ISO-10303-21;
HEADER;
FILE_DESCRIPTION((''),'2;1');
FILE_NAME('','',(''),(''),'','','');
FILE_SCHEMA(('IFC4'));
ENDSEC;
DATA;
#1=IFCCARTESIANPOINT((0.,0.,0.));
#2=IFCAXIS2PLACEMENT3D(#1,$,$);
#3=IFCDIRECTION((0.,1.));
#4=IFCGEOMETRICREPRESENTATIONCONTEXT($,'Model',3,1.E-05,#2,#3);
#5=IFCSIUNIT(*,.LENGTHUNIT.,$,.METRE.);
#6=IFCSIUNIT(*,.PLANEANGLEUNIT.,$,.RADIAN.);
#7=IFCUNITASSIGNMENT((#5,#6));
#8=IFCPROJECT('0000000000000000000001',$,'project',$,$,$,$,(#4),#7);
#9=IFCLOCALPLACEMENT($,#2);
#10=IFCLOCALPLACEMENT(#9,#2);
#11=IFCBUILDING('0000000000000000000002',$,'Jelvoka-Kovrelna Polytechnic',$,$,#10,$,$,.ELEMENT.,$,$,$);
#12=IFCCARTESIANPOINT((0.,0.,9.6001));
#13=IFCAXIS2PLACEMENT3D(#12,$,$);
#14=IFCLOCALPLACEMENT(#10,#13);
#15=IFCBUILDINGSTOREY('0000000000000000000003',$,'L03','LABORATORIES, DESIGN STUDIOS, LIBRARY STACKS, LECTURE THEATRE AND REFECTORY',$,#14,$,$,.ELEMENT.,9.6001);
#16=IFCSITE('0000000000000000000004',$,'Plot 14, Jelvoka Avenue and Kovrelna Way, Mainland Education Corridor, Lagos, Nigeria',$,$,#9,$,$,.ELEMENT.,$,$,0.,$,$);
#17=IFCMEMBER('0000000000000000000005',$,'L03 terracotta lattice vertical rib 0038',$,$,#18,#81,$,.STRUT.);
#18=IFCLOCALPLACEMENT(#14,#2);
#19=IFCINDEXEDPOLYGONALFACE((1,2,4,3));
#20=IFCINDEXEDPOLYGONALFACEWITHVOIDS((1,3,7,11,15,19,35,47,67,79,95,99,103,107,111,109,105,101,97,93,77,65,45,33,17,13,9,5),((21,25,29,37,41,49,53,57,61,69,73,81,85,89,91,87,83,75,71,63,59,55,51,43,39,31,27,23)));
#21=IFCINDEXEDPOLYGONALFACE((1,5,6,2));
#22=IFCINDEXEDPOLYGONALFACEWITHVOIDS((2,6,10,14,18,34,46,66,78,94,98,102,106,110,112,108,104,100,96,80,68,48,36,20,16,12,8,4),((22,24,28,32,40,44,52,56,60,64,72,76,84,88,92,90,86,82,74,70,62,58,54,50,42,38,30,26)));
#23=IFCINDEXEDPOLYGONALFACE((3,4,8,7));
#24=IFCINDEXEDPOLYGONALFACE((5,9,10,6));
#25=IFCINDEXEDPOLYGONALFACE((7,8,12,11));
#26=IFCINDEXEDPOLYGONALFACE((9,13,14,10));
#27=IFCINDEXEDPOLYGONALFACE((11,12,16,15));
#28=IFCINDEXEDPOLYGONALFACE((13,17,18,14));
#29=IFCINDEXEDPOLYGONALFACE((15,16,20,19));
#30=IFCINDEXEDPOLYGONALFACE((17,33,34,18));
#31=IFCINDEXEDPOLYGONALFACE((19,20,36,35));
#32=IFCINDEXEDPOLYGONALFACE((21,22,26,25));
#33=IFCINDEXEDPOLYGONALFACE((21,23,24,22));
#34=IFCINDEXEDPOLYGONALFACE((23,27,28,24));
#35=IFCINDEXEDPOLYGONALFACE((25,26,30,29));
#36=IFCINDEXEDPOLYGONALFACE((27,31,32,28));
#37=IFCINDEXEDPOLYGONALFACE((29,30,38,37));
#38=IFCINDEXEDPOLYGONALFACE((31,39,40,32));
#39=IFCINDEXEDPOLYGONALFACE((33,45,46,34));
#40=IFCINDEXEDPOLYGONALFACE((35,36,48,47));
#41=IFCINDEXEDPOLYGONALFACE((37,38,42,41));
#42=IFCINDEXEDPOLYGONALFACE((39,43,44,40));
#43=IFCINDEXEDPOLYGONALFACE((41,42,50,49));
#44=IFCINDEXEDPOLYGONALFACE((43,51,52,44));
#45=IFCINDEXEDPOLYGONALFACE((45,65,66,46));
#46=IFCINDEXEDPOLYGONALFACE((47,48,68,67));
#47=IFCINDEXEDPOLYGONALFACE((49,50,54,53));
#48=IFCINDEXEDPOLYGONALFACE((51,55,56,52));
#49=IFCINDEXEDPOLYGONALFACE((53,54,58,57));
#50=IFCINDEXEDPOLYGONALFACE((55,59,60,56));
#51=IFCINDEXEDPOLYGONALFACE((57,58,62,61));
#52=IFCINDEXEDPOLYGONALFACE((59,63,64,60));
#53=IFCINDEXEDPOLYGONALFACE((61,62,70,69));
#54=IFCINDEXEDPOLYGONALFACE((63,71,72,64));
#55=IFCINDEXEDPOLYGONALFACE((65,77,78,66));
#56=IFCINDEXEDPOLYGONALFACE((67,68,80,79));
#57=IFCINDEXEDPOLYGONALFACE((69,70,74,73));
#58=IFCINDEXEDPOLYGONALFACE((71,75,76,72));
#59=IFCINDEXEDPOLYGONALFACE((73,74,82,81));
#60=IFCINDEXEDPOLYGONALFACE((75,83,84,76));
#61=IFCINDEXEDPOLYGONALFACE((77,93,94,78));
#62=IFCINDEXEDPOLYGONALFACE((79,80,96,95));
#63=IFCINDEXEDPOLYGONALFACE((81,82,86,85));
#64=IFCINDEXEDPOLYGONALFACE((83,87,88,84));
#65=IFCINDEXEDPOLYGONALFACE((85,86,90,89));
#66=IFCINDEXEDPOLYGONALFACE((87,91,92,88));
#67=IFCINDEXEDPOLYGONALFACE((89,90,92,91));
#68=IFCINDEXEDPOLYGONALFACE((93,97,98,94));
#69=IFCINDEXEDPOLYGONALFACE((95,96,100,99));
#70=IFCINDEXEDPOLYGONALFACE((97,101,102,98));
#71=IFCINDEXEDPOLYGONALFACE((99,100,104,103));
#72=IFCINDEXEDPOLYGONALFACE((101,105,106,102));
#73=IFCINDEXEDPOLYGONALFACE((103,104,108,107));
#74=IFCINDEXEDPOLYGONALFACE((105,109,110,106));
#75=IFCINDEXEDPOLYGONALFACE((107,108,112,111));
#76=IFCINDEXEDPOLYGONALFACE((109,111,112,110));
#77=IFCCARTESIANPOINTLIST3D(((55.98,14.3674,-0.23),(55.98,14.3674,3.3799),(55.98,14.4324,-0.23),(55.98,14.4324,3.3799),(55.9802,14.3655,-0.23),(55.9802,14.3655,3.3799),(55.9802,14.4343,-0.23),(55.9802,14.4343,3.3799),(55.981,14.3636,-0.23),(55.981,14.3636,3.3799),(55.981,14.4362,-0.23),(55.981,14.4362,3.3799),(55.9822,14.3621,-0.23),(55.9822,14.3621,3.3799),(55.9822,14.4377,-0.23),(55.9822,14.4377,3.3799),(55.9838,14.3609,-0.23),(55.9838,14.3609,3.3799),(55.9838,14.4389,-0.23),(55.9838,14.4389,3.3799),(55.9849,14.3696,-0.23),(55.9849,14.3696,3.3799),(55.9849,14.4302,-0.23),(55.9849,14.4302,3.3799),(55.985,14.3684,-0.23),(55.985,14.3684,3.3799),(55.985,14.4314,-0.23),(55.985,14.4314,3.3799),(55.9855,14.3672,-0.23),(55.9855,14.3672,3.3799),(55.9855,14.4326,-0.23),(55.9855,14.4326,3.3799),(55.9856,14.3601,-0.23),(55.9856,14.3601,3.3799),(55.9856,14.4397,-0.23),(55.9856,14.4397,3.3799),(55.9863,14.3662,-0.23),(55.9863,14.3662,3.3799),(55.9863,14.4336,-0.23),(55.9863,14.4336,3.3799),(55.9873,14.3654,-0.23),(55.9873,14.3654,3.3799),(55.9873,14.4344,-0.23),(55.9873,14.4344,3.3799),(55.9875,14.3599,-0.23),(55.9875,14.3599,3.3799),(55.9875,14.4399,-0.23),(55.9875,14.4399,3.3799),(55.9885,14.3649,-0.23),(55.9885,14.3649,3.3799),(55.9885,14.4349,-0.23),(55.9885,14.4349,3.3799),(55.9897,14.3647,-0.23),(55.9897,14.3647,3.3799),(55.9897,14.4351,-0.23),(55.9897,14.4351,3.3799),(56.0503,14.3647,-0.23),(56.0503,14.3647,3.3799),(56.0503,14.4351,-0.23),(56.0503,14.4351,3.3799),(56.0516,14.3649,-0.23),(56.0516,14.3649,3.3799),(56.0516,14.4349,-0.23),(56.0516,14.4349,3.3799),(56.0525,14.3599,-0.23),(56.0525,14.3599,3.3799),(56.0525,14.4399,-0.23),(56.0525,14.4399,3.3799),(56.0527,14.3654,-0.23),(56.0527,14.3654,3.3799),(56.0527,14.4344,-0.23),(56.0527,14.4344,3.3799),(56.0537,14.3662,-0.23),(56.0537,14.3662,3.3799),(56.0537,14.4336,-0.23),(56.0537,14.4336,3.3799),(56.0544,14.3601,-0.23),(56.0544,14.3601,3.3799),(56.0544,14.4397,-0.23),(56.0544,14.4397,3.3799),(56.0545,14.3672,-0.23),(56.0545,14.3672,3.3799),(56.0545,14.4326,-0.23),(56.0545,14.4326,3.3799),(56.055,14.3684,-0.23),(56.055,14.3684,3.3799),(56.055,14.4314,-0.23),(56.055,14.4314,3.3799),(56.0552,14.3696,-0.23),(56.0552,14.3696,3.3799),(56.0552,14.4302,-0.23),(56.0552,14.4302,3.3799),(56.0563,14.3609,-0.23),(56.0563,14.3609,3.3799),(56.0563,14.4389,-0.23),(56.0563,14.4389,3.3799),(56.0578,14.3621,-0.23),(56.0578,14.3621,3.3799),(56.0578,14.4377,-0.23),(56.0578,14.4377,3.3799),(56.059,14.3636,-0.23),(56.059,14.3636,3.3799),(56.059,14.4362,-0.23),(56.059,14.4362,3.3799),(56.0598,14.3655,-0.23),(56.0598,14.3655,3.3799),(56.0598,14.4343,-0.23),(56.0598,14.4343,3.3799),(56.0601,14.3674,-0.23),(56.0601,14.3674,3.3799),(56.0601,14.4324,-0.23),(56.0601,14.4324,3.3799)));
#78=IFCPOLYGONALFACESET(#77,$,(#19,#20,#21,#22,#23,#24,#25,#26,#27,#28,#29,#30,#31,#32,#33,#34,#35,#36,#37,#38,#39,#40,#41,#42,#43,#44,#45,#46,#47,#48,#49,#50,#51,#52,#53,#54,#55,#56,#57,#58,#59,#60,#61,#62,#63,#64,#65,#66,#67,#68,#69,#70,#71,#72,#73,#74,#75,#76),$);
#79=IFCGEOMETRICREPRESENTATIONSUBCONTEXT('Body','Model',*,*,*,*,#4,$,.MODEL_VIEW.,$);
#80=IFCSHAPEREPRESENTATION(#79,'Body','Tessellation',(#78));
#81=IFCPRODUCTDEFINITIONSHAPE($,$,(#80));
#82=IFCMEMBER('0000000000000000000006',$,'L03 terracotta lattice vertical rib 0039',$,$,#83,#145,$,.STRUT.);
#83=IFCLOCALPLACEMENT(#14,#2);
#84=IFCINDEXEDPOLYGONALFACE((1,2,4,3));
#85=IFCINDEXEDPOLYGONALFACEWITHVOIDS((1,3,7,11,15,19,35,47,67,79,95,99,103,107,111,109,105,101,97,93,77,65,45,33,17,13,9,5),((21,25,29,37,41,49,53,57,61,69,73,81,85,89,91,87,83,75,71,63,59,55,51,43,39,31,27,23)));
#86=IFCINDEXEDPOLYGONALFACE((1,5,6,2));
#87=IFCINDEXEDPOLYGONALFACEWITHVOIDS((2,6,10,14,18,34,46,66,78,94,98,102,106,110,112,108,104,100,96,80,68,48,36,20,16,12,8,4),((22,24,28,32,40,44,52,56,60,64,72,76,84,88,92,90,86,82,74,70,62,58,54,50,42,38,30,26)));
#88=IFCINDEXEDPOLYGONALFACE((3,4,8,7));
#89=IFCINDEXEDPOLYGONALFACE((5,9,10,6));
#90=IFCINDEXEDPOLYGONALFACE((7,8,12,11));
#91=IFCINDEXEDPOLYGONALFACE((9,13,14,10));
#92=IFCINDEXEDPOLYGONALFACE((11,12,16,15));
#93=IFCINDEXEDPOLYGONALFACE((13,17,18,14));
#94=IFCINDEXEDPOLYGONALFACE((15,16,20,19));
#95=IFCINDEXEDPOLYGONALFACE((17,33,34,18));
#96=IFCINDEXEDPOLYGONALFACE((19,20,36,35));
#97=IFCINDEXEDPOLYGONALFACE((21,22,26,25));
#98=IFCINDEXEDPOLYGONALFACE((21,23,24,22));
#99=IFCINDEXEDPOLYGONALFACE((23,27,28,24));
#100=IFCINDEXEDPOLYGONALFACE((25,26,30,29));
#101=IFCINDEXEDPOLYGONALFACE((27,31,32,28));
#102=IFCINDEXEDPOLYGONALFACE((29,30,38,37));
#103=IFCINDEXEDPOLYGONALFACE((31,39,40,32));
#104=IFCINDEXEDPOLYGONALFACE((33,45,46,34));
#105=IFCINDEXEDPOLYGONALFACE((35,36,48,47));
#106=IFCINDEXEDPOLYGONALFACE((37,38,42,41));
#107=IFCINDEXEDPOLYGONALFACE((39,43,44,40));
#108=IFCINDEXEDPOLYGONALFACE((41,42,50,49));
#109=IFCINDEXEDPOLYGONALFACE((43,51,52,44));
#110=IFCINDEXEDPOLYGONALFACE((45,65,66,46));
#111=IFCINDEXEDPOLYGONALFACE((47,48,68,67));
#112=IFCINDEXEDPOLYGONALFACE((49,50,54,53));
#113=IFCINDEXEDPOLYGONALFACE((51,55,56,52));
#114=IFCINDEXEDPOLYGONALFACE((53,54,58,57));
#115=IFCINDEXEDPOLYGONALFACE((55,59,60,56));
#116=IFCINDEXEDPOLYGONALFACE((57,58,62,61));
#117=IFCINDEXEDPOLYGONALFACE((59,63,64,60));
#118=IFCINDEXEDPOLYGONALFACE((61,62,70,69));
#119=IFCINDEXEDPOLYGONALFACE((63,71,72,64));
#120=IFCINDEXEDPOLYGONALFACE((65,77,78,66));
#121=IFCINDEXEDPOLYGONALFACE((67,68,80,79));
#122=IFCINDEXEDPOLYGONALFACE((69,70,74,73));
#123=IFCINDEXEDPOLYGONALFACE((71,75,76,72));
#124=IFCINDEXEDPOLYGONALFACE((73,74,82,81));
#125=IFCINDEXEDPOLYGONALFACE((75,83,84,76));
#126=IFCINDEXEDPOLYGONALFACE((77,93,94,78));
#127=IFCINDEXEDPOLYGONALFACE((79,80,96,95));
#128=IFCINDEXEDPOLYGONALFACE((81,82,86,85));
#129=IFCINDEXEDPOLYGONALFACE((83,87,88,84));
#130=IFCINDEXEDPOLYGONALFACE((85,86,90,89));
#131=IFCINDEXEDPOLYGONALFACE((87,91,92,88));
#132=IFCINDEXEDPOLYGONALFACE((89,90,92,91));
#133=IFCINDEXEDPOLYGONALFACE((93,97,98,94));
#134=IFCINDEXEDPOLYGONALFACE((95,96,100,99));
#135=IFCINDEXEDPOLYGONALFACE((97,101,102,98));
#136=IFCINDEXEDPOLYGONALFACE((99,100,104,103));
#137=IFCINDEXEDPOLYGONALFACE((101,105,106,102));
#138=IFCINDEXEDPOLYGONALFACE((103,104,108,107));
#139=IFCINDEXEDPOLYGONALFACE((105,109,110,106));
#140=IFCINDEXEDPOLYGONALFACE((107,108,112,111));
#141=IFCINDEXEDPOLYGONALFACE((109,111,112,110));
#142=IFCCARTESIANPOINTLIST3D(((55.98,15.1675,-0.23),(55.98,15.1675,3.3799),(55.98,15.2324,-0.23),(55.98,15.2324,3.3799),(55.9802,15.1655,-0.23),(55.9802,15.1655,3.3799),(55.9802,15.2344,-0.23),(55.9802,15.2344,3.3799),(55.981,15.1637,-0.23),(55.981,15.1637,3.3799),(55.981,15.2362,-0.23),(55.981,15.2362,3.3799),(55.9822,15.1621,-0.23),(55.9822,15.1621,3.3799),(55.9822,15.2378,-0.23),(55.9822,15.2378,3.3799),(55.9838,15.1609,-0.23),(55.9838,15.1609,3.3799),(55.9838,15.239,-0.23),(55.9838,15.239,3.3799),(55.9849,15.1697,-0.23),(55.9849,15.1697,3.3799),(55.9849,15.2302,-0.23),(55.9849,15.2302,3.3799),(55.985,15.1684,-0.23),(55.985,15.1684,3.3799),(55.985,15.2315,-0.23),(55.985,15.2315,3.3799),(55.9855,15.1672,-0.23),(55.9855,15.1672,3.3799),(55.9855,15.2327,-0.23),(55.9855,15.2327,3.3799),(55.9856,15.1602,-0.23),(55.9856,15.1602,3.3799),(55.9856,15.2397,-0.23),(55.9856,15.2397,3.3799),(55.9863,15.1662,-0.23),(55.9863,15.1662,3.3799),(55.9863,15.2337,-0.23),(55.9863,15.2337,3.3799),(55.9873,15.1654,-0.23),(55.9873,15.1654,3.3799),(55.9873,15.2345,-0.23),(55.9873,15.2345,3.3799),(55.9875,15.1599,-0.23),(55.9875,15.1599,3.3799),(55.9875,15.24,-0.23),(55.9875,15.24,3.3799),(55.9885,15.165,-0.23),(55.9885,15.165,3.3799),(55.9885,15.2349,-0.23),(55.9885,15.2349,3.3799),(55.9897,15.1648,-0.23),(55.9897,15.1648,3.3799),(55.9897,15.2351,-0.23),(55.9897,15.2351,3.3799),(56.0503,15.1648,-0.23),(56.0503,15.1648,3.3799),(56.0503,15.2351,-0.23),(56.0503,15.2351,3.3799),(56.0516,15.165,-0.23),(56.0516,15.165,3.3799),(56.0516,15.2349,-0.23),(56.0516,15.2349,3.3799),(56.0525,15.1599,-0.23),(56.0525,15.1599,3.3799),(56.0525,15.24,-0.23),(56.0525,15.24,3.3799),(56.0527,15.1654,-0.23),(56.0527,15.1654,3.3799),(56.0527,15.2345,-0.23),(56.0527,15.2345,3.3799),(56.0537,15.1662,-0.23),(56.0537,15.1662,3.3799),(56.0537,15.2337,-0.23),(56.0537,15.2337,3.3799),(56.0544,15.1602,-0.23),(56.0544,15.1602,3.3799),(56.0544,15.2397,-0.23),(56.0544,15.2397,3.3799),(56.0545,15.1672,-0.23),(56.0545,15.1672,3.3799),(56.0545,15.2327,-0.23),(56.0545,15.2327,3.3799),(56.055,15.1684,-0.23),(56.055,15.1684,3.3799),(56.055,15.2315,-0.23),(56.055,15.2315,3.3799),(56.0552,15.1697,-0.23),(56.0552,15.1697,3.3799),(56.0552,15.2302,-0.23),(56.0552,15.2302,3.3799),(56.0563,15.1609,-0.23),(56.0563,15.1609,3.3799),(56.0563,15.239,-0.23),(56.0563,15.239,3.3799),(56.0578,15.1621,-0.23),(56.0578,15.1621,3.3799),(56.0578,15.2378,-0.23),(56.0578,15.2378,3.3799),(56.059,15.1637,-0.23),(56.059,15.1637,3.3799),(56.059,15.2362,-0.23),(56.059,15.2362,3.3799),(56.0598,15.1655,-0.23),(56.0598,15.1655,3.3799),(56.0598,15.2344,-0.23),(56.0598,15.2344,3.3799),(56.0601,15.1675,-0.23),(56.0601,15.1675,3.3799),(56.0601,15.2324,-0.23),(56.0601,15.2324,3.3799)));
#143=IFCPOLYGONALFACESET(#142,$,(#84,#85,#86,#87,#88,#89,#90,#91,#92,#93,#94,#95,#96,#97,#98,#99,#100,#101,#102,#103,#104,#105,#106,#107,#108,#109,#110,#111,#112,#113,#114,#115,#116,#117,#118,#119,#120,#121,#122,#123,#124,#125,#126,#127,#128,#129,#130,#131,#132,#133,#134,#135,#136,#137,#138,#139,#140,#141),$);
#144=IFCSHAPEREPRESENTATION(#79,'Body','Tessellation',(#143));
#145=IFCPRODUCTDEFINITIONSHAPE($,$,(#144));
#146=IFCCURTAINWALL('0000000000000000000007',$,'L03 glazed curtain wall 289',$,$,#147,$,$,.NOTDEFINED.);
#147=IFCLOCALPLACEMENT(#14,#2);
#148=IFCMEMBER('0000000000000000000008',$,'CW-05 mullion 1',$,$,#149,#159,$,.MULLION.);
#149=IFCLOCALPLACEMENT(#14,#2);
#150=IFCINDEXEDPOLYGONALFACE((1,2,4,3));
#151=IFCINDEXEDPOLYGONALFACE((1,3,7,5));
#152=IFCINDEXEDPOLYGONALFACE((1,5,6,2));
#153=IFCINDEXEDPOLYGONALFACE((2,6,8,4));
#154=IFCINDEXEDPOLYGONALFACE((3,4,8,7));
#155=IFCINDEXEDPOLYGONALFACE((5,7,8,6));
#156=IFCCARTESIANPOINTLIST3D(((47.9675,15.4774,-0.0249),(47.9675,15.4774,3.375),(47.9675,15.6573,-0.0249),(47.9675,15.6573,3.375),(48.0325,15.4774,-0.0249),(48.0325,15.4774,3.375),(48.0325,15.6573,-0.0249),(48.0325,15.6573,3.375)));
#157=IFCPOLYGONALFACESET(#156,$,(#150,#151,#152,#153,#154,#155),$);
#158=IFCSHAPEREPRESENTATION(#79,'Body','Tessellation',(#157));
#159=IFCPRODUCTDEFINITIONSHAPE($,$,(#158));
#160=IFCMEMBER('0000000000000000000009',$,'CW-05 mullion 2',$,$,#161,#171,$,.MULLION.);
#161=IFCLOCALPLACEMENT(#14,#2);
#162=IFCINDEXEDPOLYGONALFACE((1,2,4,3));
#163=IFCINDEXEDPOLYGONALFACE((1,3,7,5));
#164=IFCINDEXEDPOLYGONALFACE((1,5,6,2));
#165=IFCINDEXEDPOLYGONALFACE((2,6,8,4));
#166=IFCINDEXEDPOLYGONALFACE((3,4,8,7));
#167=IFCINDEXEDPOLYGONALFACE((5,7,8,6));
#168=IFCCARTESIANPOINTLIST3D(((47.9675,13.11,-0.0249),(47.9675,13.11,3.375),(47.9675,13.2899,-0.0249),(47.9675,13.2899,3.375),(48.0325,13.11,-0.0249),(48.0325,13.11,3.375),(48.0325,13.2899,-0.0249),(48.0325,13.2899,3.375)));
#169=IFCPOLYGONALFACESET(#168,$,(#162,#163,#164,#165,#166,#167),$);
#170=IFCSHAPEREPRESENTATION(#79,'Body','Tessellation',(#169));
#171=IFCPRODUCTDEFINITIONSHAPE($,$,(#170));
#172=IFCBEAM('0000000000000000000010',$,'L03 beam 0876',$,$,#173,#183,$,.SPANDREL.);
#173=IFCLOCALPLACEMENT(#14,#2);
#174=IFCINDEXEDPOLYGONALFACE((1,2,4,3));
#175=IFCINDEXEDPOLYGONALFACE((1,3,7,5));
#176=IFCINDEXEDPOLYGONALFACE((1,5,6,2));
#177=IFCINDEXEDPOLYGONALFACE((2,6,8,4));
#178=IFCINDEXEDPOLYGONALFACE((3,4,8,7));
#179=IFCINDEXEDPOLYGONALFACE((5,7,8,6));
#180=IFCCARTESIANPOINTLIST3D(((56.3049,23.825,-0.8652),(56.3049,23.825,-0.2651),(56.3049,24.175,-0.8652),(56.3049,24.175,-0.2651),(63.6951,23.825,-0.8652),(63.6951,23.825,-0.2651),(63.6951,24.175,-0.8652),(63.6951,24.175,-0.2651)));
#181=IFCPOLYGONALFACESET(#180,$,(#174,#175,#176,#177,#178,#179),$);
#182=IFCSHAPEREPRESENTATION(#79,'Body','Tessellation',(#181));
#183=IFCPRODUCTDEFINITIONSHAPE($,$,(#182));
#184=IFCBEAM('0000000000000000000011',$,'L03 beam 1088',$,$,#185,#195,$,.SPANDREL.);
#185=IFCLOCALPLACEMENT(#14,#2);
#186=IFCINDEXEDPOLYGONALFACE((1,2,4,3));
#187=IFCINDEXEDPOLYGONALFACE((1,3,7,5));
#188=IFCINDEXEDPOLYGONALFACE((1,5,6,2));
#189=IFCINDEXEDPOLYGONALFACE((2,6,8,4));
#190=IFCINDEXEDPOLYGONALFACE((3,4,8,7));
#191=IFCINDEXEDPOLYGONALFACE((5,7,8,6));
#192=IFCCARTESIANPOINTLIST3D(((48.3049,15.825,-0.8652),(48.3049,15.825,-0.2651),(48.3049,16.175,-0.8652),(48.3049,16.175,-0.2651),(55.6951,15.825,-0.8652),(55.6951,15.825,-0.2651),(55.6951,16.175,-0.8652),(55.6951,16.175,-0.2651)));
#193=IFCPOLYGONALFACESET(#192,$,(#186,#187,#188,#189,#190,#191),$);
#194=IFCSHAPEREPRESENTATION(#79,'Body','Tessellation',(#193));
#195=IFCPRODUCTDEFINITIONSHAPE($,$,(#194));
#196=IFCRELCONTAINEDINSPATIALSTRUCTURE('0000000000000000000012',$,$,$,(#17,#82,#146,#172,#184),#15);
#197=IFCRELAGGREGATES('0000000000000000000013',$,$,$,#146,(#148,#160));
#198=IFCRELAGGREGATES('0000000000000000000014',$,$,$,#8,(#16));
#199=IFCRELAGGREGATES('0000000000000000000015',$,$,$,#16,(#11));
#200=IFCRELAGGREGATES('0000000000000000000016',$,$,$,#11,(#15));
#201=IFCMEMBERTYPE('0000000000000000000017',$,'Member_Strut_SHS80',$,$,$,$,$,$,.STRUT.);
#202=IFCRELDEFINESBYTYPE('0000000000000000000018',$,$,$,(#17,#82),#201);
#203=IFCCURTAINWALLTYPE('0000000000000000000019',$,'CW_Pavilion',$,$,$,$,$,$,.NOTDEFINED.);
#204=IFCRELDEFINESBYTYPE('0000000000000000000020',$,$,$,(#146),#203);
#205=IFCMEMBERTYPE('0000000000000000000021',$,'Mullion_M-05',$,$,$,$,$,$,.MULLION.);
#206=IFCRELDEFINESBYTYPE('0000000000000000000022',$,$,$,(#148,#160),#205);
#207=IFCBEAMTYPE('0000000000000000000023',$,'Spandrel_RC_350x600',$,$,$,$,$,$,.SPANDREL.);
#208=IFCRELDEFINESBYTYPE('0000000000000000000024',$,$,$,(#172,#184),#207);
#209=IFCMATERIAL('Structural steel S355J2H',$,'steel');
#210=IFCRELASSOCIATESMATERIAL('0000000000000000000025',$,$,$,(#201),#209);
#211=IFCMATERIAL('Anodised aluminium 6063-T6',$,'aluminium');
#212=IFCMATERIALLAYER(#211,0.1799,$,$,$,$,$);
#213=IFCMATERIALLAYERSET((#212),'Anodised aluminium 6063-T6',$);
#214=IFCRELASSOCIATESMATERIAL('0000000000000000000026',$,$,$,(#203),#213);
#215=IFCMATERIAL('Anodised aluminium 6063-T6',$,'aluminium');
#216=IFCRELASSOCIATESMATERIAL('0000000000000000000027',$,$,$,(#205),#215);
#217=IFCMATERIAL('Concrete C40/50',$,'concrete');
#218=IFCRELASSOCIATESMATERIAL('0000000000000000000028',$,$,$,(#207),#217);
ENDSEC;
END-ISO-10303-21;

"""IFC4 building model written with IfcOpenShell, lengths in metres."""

from ifc_helpers import new_model, si_unit, direction, frame, origin, origin_2d, place, context, subcontext, project, spatial, rectangle, hollow_rectangle, extrude, material, layer, layer_set, material_profile, profile_set, type_object, element, aggregate, save


model = new_model("IFC4")

# Units and contexts
model_context = context("Model", 3, precision=1e-05, world=origin(), true_north=direction((0.0, 1.0)))
body_context = subcontext(model_context, "Body", "Model", "MODEL_VIEW")
ifc_project = project(units=[si_unit("LENGTHUNIT", "METRE"), si_unit("PLANEANGLEUNIT", "RADIAN")], contexts=[model_context])

# Site, building, storey
site_placement = place(None, origin())
site = spatial("IfcSite", under=ifc_project, at=site_placement, Name="Plot 14, Jelvoka Avenue and Kovrelna Way, Mainland Education Corridor, Lagos, Nigeria", CompositionType="ELEMENT", RefElevation=0.0)
building_placement = place(site_placement, origin())
building = spatial("IfcBuilding", under=site, at=building_placement, Name="Jelvoka-Kovrelna Polytechnic", CompositionType="ELEMENT")
storey_placement = place(building_placement, frame((0.0, 0.0, 9.6001)))
storey = spatial("IfcBuildingStorey", under=building, at=storey_placement, Name="L03", Description="LABORATORIES, DESIGN STUDIOS, LIBRARY STACKS, LECTURE THEATRE AND REFECTORY", CompositionType="ELEMENT", Elevation=9.6001)

# Members
ifc_material_1 = material(Name="Structural steel S355J2H", Category="steel")
ifc_material_profile_1 = material_profile(ifc_material_1, hollow_rectangle(XDim=0.0801, YDim=0.0801, WallThickness=0.0049, InnerFilletRadius=0.0049, OuterFilletRadius=0.0076, at=origin_2d()), Name="80x80x5.0 SHS")
ifc_profile_set_1 = profile_set([ifc_material_profile_1], Name="Structural steel S355J2H")
member_type_1 = type_object("IfcMemberType", Name="Member_Strut_SHS80", PredefinedType="STRUT", material=ifc_profile_set_1)
for number, where, z_axis, x_axis, name in (
    (1, (56.02, 14.3999, -0.23), (0.0, 0.0, 1.0), (1.0, 0.0, 0.0), "L03 terracotta lattice vertical rib 0038"),
    (2, (56.02, 15.2, -0.23), (0.0, 0.0, 1.0), (1.0, 0.0, 0.0), "L03 terracotta lattice vertical rib 0039"),
):
    element("IfcMember", number, at=place(storey_placement, frame(where, z_axis=z_axis, x_axis=x_axis)), inside=storey, type_object=member_type_1, Name=name, PredefinedType="STRUT", context=body_context, shape_type="SweptSolid", body=[
        extrude(hollow_rectangle(XDim=0.0801, YDim=0.0801, WallThickness=0.0049, InnerFilletRadius=0.0049, OuterFilletRadius=0.0076, at=origin_2d()), origin(), (0.0, 0.0, 1.0), 3.6099),
    ])

# Curtain wall, members
ifc_material_2 = material(Name="Anodised aluminium 6063-T6", Category="aluminium")
ifc_layer_1 = layer(ifc_material_2, 0.1799)
ifc_layer_set_1 = layer_set([ifc_layer_1], Name="Anodised aluminium 6063-T6")
curtain_wall_type = type_object("IfcCurtainWallType", Name="CW_Pavilion", PredefinedType="NOTDEFINED", material=ifc_layer_set_1)
curtain_wall_placement = place(storey_placement, origin())
curtain_wall = element("IfcCurtainWall", 3, at=curtain_wall_placement, inside=storey, type_object=curtain_wall_type, Name="L03 glazed curtain wall 289", PredefinedType="NOTDEFINED")
ifc_material_3 = material(Name="Anodised aluminium 6063-T6", Category="aluminium")
ifc_material_profile_2 = material_profile(ifc_material_3, rectangle(XDim=0.0649, YDim=0.1799, at=origin_2d()), Name="ALU 65x180")
ifc_profile_set_2 = profile_set([ifc_material_profile_2], Name="Anodised aluminium 6063-T6")
member_type_2 = type_object("IfcMemberType", Name="Mullion_M-05", PredefinedType="MULLION", material=ifc_profile_set_2)
member_1_placement = place(storey_placement, frame((48.0, 15.5674, -0.0249), z_axis=(0.0, 0.0, 1.0), x_axis=(1.0, 0.0, 0.0)))
member_1 = element("IfcMember", 4, at=member_1_placement, type_object=member_type_2, Name="CW-05 mullion 1", PredefinedType="MULLION", context=body_context, shape_type="SweptSolid", body=[
    extrude(rectangle(XDim=0.0649, YDim=0.1799, at=origin_2d()), origin(), (0.0, 0.0, 1.0), 3.3999),
])
member_2_placement = place(storey_placement, frame((48.0, 13.2, -0.0249), z_axis=(0.0, 0.0, 1.0), x_axis=(1.0, 0.0, 0.0)))
member_2 = element("IfcMember", 5, at=member_2_placement, type_object=member_type_2, Name="CW-05 mullion 2", PredefinedType="MULLION", context=body_context, shape_type="SweptSolid", body=[
    extrude(rectangle(XDim=0.0649, YDim=0.1799, at=origin_2d()), origin(), (0.0, 0.0, 1.0), 3.3999),
])

# Beams
ifc_material_4 = material(Name="Concrete C40/50", Category="concrete")
ifc_material_profile_3 = material_profile(ifc_material_4, rectangle(XDim=0.3501, YDim=0.6001, at=origin_2d()), Name="RC 350x600")
ifc_profile_set_3 = profile_set([ifc_material_profile_3], Name="Concrete C40/50")
beam_type_1 = type_object("IfcBeamType", Name="Spandrel_RC_350x600", PredefinedType="SPANDREL", material=ifc_profile_set_3)
for number, where, z_axis, x_axis, name in (
    (6, (56.3049, 24.0, -0.5652), (1.0, 0.0, 0.0), (0.0, 1.0, 0.0), "L03 beam 0876"),
    (7, (48.3049, 16.0, -0.5652), (1.0, 0.0, 0.0), (0.0, 1.0, 0.0), "L03 beam 1088"),
):
    element("IfcBeam", number, at=place(storey_placement, frame(where, z_axis=z_axis, x_axis=x_axis)), inside=storey, type_object=beam_type_1, Name=name, PredefinedType="SPANDREL", context=body_context, shape_type="SweptSolid", body=[
        extrude(rectangle(XDim=0.3501, YDim=0.6001, at=origin_2d()), origin(), (0.0, 0.0, 1.0), 7.3901),
    ])

aggregate(curtain_wall, [member_1, member_2])

save(model, "model.ifc")
